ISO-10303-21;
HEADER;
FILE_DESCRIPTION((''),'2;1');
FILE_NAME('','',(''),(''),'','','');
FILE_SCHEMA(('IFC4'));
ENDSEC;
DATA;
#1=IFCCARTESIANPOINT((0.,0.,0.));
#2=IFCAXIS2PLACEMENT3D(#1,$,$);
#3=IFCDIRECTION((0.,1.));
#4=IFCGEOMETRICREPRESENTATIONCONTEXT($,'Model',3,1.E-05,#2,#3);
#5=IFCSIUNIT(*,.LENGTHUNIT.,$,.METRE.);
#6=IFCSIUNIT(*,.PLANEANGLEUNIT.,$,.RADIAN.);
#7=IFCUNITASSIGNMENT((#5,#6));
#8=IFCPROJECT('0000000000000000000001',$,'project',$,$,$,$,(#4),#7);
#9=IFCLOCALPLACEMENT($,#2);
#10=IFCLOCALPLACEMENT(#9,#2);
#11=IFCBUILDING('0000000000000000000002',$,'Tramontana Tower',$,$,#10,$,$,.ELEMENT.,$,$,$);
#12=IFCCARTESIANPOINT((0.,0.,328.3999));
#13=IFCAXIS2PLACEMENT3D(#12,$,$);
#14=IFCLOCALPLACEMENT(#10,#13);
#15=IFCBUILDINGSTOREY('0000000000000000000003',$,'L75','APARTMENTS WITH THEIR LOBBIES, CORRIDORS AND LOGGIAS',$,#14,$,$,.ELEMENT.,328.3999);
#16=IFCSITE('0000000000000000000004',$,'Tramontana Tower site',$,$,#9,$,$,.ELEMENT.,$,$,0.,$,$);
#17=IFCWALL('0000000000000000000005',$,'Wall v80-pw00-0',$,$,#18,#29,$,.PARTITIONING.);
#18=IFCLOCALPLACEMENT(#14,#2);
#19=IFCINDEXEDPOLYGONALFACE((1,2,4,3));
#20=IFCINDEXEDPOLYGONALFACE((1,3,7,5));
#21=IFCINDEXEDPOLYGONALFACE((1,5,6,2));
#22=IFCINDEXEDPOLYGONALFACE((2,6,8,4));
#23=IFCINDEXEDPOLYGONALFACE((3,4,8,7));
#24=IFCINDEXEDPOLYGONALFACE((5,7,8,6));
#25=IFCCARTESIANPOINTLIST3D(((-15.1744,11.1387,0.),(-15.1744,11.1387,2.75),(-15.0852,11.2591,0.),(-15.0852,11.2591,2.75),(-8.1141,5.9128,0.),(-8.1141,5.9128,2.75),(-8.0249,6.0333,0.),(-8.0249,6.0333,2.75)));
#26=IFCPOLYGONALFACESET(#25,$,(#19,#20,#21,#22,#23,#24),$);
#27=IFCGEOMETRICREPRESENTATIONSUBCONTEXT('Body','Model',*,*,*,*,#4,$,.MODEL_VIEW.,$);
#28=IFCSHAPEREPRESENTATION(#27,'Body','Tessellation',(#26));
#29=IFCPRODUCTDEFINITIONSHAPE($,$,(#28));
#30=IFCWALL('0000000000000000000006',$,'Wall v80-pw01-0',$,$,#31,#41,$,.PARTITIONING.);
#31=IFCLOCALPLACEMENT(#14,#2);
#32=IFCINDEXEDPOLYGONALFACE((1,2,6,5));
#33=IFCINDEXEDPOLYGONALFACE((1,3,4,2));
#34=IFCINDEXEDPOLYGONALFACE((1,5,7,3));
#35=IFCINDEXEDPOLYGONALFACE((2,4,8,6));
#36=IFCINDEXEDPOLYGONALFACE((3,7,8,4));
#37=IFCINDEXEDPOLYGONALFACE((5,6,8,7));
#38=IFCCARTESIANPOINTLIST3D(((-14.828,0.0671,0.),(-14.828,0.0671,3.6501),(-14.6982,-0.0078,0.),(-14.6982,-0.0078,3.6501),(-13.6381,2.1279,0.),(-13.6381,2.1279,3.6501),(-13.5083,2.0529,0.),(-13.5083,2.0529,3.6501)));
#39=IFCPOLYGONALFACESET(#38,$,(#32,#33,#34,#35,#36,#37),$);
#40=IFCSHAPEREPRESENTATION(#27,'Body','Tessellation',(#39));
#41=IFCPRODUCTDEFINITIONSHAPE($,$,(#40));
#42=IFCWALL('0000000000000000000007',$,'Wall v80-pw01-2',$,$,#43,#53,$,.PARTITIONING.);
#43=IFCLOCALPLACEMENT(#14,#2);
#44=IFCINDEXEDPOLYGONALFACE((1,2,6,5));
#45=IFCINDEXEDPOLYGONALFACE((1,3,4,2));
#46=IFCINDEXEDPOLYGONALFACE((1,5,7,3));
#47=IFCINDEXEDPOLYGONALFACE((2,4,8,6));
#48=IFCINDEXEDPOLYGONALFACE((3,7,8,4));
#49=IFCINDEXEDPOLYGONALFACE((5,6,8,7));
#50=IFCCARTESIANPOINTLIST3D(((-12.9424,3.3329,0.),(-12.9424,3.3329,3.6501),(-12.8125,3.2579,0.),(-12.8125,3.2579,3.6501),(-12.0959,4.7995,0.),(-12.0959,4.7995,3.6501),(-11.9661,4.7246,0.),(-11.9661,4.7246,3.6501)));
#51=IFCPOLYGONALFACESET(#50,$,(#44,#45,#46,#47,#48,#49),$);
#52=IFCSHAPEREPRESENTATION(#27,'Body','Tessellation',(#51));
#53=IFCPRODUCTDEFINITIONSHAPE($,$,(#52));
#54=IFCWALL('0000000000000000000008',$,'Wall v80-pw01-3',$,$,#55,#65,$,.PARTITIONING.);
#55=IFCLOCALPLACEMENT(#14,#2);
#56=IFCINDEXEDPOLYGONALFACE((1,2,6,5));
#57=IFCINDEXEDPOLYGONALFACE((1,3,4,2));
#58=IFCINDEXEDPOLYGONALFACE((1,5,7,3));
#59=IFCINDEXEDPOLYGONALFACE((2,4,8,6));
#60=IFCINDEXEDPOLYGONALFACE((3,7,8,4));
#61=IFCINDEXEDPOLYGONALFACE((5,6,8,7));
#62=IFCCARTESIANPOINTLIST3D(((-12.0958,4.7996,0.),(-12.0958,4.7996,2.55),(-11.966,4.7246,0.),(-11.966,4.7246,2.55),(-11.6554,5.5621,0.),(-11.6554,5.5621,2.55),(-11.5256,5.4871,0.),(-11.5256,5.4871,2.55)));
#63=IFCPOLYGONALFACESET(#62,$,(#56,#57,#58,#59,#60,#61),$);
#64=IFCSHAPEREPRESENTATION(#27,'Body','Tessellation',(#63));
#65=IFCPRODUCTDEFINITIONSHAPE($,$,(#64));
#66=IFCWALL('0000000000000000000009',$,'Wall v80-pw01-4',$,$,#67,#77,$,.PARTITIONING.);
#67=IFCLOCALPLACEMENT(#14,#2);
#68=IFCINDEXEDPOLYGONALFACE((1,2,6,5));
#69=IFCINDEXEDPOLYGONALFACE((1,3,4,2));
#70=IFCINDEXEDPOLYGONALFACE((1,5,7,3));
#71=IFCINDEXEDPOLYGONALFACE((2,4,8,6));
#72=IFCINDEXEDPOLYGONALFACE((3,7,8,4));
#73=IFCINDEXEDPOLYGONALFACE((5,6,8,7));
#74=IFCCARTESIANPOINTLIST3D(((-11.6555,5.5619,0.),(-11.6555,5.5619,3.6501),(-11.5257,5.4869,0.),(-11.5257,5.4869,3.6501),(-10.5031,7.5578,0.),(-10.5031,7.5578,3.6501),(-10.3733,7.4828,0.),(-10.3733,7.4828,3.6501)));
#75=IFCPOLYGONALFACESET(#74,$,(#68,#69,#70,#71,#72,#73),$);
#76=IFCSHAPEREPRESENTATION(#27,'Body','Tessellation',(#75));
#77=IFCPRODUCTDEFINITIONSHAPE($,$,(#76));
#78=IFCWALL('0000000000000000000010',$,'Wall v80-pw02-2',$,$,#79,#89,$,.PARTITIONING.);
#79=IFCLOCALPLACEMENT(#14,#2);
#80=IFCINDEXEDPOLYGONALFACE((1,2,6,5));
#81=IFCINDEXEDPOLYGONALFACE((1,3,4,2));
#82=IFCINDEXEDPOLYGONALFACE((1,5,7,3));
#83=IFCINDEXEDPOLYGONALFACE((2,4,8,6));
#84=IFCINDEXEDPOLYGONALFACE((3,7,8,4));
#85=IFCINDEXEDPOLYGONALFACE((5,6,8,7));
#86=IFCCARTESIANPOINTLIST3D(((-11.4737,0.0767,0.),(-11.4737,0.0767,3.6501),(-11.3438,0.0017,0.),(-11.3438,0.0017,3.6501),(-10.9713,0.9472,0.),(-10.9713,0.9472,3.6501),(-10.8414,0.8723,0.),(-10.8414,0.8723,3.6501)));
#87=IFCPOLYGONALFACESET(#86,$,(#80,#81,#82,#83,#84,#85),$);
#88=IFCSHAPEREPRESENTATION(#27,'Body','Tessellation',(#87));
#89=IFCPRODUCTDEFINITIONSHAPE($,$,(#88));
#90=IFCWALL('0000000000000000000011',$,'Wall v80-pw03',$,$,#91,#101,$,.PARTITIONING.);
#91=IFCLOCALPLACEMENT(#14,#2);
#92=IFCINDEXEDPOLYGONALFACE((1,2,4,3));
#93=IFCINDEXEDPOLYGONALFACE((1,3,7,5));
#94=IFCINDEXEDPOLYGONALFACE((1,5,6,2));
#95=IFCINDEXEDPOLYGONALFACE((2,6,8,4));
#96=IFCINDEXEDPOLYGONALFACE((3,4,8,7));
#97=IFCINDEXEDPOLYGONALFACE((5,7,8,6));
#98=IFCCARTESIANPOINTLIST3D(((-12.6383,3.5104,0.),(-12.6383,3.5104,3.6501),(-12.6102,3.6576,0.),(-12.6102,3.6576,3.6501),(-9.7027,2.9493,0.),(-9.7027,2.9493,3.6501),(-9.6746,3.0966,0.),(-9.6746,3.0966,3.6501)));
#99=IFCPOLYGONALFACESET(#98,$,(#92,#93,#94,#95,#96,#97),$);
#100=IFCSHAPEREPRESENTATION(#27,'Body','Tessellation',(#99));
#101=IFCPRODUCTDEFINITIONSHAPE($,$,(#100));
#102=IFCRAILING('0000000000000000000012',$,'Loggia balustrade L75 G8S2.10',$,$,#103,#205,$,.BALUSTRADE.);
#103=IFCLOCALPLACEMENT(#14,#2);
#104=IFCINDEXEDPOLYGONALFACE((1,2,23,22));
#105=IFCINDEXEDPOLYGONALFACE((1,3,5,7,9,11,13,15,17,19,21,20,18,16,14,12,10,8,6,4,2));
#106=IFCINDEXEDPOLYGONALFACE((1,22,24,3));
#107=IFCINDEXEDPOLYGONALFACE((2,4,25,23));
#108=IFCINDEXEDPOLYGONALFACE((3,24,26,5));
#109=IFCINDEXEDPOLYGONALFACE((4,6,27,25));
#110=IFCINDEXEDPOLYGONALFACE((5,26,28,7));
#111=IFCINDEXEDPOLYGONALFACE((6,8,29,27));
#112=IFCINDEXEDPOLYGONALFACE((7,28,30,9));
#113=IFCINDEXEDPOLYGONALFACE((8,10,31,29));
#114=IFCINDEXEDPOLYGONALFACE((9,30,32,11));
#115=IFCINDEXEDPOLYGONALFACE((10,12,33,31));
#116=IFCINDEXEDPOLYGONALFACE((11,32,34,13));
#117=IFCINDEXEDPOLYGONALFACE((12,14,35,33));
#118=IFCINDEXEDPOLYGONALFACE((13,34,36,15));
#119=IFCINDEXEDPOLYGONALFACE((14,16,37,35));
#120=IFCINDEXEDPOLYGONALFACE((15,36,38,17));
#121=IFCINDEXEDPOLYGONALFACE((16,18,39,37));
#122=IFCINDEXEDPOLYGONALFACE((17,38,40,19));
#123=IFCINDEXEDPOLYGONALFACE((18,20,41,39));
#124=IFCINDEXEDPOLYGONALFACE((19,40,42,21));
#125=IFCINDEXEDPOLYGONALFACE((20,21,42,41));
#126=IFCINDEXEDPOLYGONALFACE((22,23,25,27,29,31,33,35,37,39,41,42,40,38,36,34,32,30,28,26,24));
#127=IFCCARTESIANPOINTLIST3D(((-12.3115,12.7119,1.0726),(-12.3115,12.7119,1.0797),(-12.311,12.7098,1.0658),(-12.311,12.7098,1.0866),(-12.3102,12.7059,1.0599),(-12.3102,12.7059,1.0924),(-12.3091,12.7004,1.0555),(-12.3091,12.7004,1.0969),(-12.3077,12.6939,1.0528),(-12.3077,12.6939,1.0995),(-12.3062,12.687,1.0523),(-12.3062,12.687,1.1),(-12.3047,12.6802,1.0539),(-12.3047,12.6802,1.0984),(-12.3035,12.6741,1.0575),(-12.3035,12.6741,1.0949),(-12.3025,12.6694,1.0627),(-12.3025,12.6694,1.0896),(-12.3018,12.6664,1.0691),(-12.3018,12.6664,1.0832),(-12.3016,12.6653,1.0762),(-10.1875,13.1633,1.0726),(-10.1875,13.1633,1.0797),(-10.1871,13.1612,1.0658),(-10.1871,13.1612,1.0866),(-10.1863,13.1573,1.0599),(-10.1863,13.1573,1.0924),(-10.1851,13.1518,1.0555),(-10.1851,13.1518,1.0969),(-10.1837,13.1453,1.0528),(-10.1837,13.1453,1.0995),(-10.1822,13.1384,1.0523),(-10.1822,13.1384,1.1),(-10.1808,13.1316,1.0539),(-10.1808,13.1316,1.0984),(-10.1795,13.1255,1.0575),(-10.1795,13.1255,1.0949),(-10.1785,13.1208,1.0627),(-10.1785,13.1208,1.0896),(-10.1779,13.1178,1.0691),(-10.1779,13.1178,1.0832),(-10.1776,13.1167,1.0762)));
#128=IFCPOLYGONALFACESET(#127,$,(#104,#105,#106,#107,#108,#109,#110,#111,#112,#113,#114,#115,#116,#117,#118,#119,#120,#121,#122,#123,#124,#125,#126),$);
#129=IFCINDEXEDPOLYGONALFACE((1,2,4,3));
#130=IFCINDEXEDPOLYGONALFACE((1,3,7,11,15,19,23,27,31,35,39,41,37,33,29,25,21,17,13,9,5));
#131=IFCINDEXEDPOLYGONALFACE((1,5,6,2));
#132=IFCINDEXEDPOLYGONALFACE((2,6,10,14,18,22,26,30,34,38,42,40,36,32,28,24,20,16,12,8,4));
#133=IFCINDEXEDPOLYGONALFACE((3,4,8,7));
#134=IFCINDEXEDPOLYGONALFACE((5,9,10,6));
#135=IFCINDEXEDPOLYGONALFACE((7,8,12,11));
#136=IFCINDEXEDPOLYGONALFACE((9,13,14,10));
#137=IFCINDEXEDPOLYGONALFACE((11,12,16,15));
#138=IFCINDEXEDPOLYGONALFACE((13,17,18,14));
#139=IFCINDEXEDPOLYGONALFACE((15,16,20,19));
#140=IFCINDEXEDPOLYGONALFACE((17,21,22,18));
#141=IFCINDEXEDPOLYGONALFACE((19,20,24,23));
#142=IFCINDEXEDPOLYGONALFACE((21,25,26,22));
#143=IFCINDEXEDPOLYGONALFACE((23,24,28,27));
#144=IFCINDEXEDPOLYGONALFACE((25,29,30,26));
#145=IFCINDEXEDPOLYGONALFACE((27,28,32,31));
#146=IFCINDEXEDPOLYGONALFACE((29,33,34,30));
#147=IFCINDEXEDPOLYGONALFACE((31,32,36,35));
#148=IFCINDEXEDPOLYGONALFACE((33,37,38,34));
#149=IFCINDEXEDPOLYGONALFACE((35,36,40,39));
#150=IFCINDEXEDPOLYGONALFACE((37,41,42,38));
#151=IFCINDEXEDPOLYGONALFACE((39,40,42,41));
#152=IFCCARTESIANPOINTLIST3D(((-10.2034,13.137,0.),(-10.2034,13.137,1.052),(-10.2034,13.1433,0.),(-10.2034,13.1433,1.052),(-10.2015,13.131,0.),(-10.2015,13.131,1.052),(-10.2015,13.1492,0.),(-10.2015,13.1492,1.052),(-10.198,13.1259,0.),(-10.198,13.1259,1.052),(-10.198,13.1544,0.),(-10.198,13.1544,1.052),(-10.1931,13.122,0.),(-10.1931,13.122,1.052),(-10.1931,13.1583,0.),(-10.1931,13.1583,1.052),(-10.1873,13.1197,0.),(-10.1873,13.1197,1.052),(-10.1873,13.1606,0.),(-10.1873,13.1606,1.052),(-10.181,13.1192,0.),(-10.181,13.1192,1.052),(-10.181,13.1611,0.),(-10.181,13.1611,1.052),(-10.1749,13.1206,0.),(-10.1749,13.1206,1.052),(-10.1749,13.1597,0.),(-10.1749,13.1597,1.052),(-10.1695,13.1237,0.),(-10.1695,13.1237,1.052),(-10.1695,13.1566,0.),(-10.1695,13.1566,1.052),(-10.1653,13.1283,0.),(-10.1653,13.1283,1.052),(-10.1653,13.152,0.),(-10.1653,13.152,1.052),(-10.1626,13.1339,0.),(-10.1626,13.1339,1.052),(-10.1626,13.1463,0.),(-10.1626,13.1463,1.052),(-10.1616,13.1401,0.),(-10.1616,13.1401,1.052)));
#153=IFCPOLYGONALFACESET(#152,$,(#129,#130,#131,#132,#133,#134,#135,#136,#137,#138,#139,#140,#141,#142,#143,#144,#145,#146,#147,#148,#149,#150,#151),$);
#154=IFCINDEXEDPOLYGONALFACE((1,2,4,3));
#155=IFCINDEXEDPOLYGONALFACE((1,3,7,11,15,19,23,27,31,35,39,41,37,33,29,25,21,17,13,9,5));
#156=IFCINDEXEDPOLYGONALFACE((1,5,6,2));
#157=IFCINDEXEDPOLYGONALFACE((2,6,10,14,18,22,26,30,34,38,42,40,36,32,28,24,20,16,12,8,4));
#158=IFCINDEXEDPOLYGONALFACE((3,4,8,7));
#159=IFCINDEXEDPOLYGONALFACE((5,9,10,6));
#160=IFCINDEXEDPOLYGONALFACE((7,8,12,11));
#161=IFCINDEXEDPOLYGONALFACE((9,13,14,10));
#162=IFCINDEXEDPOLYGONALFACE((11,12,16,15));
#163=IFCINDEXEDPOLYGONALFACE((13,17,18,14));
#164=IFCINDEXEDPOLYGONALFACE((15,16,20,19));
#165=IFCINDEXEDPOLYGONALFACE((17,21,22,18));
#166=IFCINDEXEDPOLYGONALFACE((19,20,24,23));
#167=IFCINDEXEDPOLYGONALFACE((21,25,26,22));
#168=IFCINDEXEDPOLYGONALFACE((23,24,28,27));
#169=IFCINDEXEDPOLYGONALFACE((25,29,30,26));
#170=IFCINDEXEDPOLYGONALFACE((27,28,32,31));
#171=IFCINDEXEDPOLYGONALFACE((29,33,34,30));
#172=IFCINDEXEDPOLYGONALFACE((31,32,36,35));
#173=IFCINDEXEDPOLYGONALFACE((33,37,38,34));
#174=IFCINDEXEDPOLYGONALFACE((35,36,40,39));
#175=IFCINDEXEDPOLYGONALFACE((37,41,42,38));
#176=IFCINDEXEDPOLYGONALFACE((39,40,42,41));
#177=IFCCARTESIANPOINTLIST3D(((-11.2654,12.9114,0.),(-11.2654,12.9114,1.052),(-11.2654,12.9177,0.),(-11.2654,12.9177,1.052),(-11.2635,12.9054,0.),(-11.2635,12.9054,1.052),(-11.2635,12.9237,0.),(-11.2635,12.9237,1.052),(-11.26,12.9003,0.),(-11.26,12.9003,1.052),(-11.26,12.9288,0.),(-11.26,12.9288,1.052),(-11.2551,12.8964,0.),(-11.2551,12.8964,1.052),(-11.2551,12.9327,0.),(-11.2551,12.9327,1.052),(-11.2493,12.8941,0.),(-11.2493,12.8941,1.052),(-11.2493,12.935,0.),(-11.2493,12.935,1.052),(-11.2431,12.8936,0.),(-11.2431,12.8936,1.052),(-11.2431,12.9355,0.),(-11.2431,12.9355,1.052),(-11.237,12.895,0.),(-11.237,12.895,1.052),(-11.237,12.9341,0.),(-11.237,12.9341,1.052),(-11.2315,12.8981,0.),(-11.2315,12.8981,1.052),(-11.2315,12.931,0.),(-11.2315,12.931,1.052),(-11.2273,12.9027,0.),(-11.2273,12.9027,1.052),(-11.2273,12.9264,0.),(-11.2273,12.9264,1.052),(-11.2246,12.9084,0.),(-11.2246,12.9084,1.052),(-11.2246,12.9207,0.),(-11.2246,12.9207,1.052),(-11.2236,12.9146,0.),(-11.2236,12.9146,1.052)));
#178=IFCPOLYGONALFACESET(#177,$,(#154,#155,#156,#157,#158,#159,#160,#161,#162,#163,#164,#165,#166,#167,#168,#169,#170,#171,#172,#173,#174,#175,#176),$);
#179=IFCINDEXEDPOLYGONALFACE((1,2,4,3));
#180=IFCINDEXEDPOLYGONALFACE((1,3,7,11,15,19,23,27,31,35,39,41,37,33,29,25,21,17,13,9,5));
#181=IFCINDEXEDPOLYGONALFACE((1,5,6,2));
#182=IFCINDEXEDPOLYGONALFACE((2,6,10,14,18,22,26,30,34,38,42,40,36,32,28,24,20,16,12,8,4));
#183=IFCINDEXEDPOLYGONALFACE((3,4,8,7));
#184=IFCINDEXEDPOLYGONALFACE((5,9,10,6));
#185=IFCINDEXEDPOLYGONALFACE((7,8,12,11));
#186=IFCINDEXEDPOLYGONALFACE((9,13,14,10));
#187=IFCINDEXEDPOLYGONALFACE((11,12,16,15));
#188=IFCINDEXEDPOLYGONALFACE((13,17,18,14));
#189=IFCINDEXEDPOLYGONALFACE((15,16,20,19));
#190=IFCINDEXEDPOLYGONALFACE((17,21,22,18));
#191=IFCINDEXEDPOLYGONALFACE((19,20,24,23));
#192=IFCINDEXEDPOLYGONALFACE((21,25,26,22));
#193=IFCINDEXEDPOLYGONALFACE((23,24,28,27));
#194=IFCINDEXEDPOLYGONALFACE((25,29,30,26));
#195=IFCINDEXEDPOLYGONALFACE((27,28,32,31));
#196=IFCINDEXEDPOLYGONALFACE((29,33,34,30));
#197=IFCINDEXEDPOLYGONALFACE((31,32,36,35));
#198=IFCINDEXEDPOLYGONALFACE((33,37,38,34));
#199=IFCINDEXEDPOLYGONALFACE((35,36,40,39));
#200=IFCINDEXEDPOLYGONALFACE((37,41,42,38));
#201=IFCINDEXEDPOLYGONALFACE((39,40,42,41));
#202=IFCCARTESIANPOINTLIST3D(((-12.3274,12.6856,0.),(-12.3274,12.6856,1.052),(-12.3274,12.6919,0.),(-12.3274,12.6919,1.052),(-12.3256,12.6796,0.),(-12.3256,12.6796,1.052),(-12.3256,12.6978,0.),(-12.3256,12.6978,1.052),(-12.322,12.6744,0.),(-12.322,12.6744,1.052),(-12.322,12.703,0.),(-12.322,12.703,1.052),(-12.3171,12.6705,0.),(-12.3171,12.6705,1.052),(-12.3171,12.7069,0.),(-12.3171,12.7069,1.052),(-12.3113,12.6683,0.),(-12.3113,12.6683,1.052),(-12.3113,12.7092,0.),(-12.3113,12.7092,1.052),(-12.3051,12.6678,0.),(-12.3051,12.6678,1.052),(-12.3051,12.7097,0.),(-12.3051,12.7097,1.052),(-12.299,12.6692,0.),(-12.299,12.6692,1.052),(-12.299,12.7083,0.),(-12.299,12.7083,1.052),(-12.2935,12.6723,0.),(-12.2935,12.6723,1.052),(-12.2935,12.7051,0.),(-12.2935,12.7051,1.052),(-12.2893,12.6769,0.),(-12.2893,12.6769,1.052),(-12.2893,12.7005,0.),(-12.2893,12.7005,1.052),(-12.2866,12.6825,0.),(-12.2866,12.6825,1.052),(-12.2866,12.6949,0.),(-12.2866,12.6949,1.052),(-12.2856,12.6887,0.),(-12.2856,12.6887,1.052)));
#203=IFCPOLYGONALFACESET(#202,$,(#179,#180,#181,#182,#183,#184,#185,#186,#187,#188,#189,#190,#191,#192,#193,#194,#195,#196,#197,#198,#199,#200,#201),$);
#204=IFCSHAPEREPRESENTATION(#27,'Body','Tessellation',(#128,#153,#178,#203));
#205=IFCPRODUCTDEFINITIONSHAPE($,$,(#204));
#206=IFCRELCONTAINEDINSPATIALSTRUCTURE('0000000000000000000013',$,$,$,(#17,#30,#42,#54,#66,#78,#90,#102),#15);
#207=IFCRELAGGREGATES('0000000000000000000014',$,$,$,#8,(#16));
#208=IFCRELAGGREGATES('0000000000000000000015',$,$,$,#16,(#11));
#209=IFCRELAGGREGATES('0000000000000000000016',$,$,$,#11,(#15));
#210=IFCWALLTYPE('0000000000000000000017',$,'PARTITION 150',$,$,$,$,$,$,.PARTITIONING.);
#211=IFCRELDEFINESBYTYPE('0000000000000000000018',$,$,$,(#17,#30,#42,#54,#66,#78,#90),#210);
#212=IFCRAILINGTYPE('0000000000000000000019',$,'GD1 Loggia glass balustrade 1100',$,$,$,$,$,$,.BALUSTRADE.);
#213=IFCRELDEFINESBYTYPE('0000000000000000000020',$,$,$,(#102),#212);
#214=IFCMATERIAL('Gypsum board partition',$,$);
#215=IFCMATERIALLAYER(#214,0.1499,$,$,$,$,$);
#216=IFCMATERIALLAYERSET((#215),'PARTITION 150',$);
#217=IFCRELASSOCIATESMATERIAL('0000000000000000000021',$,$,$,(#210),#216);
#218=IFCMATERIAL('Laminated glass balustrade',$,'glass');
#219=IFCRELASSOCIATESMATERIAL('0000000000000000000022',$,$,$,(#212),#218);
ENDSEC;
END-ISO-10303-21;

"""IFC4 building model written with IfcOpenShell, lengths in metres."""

from ifc_helpers import new_model, si_unit, direction, frame, frame_2d, origin, origin_2d, place, context, subcontext, project, spatial, rectangle, circle, extrude, material, layer, layer_set, type_object, element, save


model = new_model("IFC4")

# Units and contexts
model_context = context("Model", 3, precision=1e-05, world=origin(), true_north=direction((0.0, 1.0)))
body_context = subcontext(model_context, "Body", "Model", "MODEL_VIEW")
ifc_project = project(units=[si_unit("LENGTHUNIT", "METRE"), si_unit("PLANEANGLEUNIT", "RADIAN")], contexts=[model_context])

# Site, building, storey
site_placement = place(None, origin())
site = spatial("IfcSite", under=ifc_project, at=site_placement, Name="Tramontana Tower site", CompositionType="ELEMENT", RefElevation=0.0)
building_placement = place(site_placement, origin())
building = spatial("IfcBuilding", under=site, at=building_placement, Name="Tramontana Tower", CompositionType="ELEMENT")
storey_placement = place(building_placement, frame((0.0, 0.0, 328.3999)))
storey = spatial("IfcBuildingStorey", under=building, at=storey_placement, Name="L75", Description="APARTMENTS WITH THEIR LOBBIES, CORRIDORS AND LOGGIAS", CompositionType="ELEMENT", Elevation=328.3999)

# Walls
ifc_material_1 = material(Name="Gypsum board partition")
ifc_layer_1 = layer(ifc_material_1, 0.1499)
ifc_layer_set_1 = layer_set([ifc_layer_1], Name="PARTITION 150")
wall_type_1 = type_object("IfcWallType", Name="PARTITION 150", PredefinedType="PARTITIONING", material=ifc_layer_set_1)
wall_1_placement = place(storey_placement, frame((-15.1299, 11.199, 0.0), z_axis=(0.0, 0.0, 1.0), x_axis=(0.803776, -0.594932, 0.0)))
element("IfcWall", 1, at=wall_1_placement, inside=storey, type_object=wall_type_1, Name="Wall v80-pw00-0", PredefinedType="PARTITIONING", context=body_context, shape_type="SweptSolid", body=[
    extrude(rectangle(XDim=8.7839, YDim=0.1499, at=frame_2d((4.3921, 0.0))), origin(), (0.0, 0.0, 1.0), 2.75),
])
wall_2_placement = place(storey_placement, frame((-14.7632, 0.0295, 0.0), z_axis=(0.0, 0.0, 1.0), x_axis=(0.500045, 0.865999, 0.0)))
element("IfcWall", 2, at=wall_2_placement, inside=storey, type_object=wall_type_1, Name="Wall v80-pw01-0", PredefinedType="PARTITIONING", context=body_context, shape_type="SweptSolid", body=[
    extrude(rectangle(XDim=2.3796, YDim=0.1499, at=frame_2d((1.1899, 0.0))), origin(), (0.0, 0.0, 1.0), 3.6501),
])

# Walls
wall_3_placement = place(storey_placement, frame((-12.8774, 3.2954, 0.0), z_axis=(0.0, 0.0, 1.0), x_axis=(0.499876, 0.866097, 0.0)))
element("IfcWall", 3, at=wall_3_placement, inside=storey, type_object=wall_type_1, Name="Wall v80-pw01-2", PredefinedType="PARTITIONING", context=body_context, shape_type="SweptSolid", body=[
    extrude(rectangle(XDim=1.6934, YDim=0.1499, at=frame_2d((0.8467, 0.0))), origin(), (0.0, 0.0, 1.0), 3.6501),
])
wall_4_placement = place(storey_placement, frame((-12.031, 4.762, 0.0), z_axis=(0.0, 0.0, 1.0), x_axis=(0.500194, 0.865913, 0.0)))
element("IfcWall", 4, at=wall_4_placement, inside=storey, type_object=wall_type_1, Name="Wall v80-pw01-3", PredefinedType="PARTITIONING", context=body_context, shape_type="SweptSolid", body=[
    extrude(rectangle(XDim=0.8806, YDim=0.1499, at=frame_2d((0.4404, 0.0))), origin(), (0.0, 0.0, 1.0), 2.55),
])
wall_5_placement = place(storey_placement, frame((-11.5906, 5.5244, 0.0), z_axis=(0.0, 0.0, 1.0), x_axis=(0.500013, 0.866018, 0.0)))
element("IfcWall", 5, at=wall_5_placement, inside=storey, type_object=wall_type_1, Name="Wall v80-pw01-4", PredefinedType="PARTITIONING", context=body_context, shape_type="SweptSolid", body=[
    extrude(rectangle(XDim=2.3047, YDim=0.1499, at=frame_2d((1.1523, 0.0))), origin(), (0.0, 0.0, 1.0), 3.6501),
])
wall_6_placement = place(storey_placement, frame((-11.4087, 0.0393, 0.0), z_axis=(0.0, 0.0, 1.0), x_axis=(0.499849, 0.866113, 0.0)))
element("IfcWall", 6, at=wall_6_placement, inside=storey, type_object=wall_type_1, Name="Wall v80-pw02-2", PredefinedType="PARTITIONING", context=body_context, shape_type="SweptSolid", body=[
    extrude(rectangle(XDim=1.0051, YDim=0.1499, at=frame_2d((0.5024, 0.0))), origin(), (0.0, 0.0, 1.0), 3.6501),
])
wall_7_placement = place(storey_placement, frame((-12.6243, 3.584, 0.0), z_axis=(0.0, 0.0, 1.0), x_axis=(0.982223, -0.18772, 0.0)))
element("IfcWall", 7, at=wall_7_placement, inside=storey, type_object=wall_type_1, Name="Wall v80-pw03", PredefinedType="PARTITIONING", context=body_context, shape_type="SweptSolid", body=[
    extrude(rectangle(XDim=2.9888, YDim=0.1499, at=frame_2d((1.4944, 0.0))), origin(), (0.0, 0.0, 1.0), 3.6501),
])

# Railing
ifc_material_2 = material(Name="Laminated glass balustrade", Category="glass")
railing_type = type_object("IfcRailingType", Name="GD1 Loggia glass balustrade 1100", PredefinedType="BALUSTRADE", material=ifc_material_2)
railing_1_placement = place(storey_placement, frame((-10.1826, 13.1401, 0.0)))
element("IfcRailing", 8, at=railing_1_placement, inside=storey, type_object=railing_type, Name="Loggia balustrade L75 G8S2.10", PredefinedType="BALUSTRADE", context=body_context, shape_type="SweptSolid", body=[
    extrude(circle(Radius=0.0239, at=origin_2d()), frame((0.0, 0.0, 1.0762), z_axis=(-0.978153, -0.207886, 0.0), x_axis=(0.207886, -0.978153, 0.0)), (0.0, 0.0, 1.0), 2.1714),
    extrude(circle(Radius=0.021, at=origin_2d()), origin(), (0.0, 0.0, 1.0), 1.052),
    extrude(circle(Radius=0.021, at=origin_2d()), frame((-1.062, -0.2256, 0.0)), (0.0, 0.0, 1.0), 1.052),
    extrude(circle(Radius=0.021, at=origin_2d()), frame((-2.124, -0.4514, 0.0)), (0.0, 0.0, 1.0), 1.052),
])

save(model, "model.ifc")
